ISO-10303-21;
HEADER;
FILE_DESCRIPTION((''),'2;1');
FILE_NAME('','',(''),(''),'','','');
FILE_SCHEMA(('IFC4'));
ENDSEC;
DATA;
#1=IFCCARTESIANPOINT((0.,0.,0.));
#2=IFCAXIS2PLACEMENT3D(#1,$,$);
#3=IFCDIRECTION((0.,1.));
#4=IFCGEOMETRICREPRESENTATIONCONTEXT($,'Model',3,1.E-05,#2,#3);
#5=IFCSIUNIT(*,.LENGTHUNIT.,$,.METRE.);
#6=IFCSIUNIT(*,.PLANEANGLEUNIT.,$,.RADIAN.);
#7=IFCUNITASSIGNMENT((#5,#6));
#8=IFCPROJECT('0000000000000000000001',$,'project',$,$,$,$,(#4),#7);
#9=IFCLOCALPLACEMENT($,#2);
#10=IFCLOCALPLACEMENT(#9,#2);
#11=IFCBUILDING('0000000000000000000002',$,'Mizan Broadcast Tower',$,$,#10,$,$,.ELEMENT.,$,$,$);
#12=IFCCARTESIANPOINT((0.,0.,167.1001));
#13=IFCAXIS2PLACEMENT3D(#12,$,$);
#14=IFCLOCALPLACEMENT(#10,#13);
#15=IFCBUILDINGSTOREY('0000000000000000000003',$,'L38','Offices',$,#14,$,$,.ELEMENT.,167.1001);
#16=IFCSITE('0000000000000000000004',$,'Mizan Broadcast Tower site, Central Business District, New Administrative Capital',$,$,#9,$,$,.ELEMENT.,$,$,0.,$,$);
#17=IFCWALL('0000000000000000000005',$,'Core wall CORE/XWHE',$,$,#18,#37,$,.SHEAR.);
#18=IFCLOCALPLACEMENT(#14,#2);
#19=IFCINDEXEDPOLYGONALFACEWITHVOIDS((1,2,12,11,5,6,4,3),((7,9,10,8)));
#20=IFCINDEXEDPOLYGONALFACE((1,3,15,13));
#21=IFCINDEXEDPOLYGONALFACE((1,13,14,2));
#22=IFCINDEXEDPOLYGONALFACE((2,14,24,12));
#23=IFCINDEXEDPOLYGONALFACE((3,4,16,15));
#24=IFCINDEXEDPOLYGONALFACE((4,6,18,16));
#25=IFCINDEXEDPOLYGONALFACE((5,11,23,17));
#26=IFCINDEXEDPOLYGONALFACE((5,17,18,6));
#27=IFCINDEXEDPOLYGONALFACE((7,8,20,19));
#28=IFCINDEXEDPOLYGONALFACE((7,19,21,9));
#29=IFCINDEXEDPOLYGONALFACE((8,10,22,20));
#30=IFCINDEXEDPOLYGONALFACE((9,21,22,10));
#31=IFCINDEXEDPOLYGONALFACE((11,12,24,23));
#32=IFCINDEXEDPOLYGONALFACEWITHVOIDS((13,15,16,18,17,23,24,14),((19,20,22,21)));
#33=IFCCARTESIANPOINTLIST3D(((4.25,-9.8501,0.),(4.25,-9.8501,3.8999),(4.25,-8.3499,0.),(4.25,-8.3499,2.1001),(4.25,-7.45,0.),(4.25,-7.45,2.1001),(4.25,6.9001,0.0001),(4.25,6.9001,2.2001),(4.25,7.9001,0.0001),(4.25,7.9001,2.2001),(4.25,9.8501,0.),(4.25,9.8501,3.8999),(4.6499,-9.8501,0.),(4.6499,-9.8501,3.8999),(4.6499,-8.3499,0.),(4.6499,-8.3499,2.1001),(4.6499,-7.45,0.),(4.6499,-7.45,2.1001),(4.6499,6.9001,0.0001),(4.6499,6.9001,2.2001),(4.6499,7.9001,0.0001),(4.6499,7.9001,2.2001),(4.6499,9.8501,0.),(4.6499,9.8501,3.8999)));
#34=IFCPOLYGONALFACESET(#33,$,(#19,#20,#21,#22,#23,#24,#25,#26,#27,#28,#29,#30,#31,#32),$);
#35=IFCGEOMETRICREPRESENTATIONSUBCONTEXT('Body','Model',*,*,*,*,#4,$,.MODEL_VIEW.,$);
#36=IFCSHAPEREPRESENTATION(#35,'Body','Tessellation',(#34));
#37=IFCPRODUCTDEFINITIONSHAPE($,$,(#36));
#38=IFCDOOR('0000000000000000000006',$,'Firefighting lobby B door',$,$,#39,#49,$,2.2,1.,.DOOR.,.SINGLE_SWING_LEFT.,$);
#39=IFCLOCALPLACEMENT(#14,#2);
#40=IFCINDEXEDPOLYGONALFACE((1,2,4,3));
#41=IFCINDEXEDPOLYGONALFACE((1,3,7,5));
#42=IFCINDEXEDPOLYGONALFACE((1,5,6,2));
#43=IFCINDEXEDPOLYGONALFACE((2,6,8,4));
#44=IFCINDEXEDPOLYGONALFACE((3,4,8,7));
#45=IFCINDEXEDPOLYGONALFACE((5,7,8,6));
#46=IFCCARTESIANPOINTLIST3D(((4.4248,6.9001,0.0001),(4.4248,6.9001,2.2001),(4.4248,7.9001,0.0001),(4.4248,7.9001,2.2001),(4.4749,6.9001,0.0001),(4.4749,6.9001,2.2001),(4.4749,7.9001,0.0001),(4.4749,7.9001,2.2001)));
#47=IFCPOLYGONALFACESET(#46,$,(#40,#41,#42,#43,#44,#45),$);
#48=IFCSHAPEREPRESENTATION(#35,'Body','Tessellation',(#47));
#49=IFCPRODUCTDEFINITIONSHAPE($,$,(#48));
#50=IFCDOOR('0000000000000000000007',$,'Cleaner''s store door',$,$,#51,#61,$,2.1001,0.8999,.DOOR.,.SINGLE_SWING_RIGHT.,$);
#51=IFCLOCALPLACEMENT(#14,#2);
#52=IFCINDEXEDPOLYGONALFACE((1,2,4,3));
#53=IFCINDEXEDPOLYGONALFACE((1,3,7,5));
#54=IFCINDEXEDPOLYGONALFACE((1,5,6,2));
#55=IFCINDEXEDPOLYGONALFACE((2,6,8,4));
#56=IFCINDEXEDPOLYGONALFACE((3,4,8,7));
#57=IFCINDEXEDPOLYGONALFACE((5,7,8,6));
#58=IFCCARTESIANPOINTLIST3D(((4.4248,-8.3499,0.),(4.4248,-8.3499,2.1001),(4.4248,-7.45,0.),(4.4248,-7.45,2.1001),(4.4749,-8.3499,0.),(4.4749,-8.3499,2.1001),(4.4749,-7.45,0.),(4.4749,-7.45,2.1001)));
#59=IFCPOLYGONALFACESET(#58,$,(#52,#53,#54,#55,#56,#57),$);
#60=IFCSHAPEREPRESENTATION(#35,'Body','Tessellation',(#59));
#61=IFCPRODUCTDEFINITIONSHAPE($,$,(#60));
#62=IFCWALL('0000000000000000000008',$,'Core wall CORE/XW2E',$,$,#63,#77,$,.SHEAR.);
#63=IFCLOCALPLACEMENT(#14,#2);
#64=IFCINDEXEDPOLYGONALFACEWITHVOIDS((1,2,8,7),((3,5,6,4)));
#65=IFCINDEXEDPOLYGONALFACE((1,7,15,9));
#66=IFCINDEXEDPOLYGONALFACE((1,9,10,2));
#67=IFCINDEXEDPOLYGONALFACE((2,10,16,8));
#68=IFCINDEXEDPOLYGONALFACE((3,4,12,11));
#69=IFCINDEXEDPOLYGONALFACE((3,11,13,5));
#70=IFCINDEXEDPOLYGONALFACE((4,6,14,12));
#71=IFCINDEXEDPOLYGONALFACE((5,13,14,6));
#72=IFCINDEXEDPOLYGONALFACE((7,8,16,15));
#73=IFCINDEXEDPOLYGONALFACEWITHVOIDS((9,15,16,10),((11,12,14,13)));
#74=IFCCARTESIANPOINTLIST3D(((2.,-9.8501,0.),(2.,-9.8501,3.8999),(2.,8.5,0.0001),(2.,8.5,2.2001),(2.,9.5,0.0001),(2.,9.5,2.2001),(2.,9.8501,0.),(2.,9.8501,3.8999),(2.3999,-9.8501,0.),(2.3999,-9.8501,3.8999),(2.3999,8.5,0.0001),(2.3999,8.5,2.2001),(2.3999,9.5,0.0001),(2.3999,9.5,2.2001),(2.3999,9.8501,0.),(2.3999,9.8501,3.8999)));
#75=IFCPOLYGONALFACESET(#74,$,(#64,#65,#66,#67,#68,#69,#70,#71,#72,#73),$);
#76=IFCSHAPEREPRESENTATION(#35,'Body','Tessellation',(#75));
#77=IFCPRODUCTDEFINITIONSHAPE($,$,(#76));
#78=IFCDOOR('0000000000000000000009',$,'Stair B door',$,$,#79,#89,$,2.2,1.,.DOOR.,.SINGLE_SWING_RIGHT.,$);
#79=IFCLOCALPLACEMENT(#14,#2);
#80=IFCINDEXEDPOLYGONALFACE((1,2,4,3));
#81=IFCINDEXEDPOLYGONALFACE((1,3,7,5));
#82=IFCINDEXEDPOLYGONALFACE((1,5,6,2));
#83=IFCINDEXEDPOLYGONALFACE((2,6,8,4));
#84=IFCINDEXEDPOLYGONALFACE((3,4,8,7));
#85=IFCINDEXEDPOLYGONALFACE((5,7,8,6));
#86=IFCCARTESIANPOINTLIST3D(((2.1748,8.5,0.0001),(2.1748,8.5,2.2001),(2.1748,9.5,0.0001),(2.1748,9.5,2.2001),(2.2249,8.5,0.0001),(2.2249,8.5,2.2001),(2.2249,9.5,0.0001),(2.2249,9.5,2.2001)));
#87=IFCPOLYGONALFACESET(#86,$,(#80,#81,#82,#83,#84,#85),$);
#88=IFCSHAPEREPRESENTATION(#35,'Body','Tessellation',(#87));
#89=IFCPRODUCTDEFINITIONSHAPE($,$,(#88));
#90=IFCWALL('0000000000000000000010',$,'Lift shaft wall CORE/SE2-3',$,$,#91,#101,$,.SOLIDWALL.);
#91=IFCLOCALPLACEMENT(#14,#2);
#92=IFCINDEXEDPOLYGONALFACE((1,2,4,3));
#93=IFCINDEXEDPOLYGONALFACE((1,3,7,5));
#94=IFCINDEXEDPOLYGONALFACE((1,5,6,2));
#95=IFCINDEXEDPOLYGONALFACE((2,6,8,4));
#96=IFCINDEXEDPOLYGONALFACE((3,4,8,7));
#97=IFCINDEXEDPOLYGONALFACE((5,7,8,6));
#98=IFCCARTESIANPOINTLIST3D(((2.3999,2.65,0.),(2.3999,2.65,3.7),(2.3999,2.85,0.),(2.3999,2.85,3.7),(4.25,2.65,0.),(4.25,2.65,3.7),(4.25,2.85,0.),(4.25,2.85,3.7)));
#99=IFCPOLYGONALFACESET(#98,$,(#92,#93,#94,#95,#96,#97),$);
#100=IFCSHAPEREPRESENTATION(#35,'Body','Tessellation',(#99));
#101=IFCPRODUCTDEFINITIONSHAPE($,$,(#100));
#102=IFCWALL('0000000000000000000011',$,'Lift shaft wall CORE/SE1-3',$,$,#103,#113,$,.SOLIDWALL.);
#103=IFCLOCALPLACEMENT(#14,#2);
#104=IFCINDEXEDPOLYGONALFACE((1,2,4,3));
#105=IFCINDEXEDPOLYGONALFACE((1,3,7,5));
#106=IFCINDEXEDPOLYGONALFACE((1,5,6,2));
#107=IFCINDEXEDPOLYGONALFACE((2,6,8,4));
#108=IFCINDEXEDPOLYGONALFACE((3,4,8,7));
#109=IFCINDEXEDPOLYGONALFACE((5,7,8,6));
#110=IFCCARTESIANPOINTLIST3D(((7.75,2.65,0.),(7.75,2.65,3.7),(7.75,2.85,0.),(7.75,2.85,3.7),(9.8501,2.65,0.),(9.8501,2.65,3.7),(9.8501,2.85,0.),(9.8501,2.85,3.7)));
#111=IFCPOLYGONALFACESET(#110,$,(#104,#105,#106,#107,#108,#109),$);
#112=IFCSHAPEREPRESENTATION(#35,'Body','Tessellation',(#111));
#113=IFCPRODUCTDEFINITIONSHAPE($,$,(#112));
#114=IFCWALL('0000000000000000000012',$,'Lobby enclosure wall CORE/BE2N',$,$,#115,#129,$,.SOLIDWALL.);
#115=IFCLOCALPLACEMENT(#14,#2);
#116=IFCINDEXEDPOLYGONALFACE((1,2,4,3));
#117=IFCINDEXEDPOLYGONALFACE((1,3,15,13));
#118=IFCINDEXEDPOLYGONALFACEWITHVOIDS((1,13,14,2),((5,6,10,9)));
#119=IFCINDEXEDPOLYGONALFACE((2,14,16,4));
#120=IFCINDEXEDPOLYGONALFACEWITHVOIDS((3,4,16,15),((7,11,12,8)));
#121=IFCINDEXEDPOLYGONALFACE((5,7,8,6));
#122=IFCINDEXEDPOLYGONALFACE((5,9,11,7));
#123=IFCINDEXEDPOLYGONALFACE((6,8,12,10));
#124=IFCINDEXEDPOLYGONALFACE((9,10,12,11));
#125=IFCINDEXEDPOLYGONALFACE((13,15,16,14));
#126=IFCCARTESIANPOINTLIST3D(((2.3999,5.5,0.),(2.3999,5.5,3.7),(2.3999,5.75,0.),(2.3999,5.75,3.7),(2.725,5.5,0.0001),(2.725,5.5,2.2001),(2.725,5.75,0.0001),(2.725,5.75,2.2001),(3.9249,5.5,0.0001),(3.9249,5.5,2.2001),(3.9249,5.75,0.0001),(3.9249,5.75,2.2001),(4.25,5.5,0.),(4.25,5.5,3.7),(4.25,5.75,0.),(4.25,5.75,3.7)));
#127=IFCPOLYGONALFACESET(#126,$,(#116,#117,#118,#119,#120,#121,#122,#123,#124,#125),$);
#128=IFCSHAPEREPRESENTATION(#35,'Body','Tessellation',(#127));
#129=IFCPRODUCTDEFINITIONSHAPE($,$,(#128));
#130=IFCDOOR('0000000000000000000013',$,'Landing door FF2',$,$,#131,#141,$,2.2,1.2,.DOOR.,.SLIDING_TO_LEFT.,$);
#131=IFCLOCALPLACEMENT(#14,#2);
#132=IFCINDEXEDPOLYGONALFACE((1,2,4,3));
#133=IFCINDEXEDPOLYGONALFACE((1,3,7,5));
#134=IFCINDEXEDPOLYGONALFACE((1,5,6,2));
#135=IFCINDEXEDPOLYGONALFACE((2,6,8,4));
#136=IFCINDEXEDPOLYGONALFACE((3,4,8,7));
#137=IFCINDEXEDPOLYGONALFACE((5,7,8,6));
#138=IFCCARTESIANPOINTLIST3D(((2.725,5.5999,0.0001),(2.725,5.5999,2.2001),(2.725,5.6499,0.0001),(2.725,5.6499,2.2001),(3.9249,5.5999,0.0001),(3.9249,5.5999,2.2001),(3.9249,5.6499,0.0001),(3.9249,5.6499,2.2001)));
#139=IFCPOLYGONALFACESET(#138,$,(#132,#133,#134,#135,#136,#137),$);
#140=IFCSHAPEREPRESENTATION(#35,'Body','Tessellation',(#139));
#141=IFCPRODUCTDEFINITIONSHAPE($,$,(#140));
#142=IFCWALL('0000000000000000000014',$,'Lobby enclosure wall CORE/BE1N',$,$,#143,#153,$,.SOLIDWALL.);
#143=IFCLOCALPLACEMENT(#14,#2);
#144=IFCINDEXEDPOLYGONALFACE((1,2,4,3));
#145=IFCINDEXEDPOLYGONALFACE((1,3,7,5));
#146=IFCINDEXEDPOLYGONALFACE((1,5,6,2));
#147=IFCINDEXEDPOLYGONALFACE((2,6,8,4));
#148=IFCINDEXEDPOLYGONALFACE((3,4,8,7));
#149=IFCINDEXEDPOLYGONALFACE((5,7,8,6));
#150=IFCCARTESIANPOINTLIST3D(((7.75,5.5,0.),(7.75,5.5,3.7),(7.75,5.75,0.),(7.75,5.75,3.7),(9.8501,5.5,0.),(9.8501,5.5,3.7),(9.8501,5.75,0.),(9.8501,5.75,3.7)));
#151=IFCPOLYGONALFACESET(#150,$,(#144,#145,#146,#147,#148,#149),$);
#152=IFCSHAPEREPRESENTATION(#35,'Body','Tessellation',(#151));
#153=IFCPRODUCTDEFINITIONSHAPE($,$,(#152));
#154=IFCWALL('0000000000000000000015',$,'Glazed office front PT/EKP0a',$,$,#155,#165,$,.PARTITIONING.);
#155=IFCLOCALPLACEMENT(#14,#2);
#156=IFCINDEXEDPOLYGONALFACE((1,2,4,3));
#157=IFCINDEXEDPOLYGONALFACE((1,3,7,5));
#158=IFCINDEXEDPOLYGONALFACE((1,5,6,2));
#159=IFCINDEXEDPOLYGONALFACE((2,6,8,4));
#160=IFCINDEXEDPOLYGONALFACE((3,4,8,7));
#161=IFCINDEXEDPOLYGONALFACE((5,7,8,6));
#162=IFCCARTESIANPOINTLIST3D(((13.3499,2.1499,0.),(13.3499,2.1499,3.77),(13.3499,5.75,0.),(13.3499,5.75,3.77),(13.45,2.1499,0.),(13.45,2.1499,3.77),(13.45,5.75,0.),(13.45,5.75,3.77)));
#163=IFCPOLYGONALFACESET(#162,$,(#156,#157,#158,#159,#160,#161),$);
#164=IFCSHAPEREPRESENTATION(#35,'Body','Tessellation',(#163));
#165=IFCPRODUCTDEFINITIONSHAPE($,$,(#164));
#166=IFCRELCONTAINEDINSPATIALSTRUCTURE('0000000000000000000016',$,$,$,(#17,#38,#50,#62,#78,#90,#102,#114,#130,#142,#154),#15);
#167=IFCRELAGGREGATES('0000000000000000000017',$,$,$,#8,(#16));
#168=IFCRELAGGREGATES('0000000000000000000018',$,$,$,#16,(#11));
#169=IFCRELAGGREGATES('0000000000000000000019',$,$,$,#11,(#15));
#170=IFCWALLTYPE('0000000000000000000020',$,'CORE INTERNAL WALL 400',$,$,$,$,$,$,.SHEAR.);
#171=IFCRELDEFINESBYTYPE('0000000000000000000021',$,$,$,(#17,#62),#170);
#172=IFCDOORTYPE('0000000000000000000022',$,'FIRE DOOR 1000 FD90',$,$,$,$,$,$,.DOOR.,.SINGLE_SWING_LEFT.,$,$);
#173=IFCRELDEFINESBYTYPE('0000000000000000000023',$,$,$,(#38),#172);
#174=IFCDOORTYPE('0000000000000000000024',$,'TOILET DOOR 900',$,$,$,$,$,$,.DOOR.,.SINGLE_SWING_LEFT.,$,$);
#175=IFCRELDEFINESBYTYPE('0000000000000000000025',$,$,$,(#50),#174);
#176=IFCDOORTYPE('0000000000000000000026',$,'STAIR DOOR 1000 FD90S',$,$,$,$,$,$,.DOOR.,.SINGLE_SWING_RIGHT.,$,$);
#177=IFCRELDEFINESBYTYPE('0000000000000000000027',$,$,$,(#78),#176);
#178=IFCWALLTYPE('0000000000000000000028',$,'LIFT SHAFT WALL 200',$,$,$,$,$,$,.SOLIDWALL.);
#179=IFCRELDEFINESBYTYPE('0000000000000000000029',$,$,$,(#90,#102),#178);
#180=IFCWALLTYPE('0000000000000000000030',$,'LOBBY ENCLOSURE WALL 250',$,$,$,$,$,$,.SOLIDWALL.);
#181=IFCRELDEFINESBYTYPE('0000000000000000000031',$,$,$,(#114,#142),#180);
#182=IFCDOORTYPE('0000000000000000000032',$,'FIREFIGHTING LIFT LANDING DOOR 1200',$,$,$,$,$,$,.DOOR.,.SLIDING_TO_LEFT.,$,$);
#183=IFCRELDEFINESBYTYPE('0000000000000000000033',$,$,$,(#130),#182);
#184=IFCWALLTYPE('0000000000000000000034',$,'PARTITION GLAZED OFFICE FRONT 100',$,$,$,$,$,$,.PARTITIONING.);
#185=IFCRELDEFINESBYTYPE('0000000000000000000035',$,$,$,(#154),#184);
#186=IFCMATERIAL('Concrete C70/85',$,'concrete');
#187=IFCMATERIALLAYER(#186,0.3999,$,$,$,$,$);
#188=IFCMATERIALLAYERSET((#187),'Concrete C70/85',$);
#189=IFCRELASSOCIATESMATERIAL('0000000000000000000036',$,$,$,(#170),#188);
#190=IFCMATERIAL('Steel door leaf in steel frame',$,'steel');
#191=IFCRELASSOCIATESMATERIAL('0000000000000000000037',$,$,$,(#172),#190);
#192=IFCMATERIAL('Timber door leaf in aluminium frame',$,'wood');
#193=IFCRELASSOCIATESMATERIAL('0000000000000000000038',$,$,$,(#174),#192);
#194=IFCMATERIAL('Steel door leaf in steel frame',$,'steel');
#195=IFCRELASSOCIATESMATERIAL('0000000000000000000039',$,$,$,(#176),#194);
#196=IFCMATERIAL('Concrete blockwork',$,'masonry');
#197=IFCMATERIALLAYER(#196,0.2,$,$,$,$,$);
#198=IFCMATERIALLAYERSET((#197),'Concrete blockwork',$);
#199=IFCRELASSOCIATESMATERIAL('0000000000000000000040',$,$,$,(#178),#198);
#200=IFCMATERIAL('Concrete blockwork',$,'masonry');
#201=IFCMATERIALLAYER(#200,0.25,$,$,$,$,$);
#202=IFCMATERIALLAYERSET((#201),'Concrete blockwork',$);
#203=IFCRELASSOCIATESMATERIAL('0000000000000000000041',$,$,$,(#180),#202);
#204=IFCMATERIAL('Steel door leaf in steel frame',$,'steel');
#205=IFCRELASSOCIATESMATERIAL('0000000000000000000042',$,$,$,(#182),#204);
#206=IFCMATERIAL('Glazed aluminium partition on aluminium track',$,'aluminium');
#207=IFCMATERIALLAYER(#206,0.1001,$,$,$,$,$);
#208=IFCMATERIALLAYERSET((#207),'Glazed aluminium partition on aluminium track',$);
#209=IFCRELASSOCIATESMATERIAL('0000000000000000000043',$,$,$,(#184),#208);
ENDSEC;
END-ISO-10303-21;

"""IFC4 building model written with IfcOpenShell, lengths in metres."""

from ifc_helpers import new_model, si_unit, direction, frame, frame_2d, origin, place, context, subcontext, project, spatial, rectangle, extrude, material, layer, layer_set, type_object, element, fill, save


model = new_model("IFC4")

# Units and contexts
model_context = context("Model", 3, precision=1e-05, world=origin(), true_north=direction((0.0, 1.0)))
body_context = subcontext(model_context, "Body", "Model", "MODEL_VIEW")
ifc_project = project(units=[si_unit("LENGTHUNIT", "METRE"), si_unit("PLANEANGLEUNIT", "RADIAN")], contexts=[model_context])

# Site, building, storey
site_placement = place(None, origin())
site = spatial("IfcSite", under=ifc_project, at=site_placement, Name="Mizan Broadcast Tower site, Central Business District, New Administrative Capital", CompositionType="ELEMENT", RefElevation=0.0)
building_placement = place(site_placement, origin())
building = spatial("IfcBuilding", under=site, at=building_placement, Name="Mizan Broadcast Tower", CompositionType="ELEMENT")
storey_placement = place(building_placement, frame((0.0, 0.0, 167.1001)))
storey = spatial("IfcBuildingStorey", under=building, at=storey_placement, Name="L38", Description="Offices", CompositionType="ELEMENT", Elevation=167.1001)

# Wall, openings, doors
ifc_material_1 = material(Name="Concrete C70/85", Category="concrete")
ifc_layer_1 = layer(ifc_material_1, 0.3999)
ifc_layer_set_1 = layer_set([ifc_layer_1], Name="Concrete C70/85")
wall_type_1 = type_object("IfcWallType", Name="CORE INTERNAL WALL 400", PredefinedType="SHEAR", material=ifc_layer_set_1)
wall_1_placement = place(storey_placement, frame((4.45, 9.8501, 0.0), z_axis=(0.0, 0.0, 1.0), x_axis=(0.0, -1.0, 0.0)))
wall_1 = element("IfcWall", 1, at=wall_1_placement, inside=storey, type_object=wall_type_1, Name="Core wall CORE/XWHE", PredefinedType="SHEAR", context=body_context, shape_type="SweptSolid", body=[
    extrude(rectangle(XDim=19.7002, YDim=0.3999, at=frame_2d((9.8501, 0.0))), origin(), (0.0, 0.0, 1.0), 3.8999),
])
opening_1_placement = place(wall_1_placement, frame((1.95, 0.0, 0.0)))
opening_1 = element("IfcOpeningElement", 2, at=opening_1_placement, cuts=wall_1, PredefinedType="OPENING", context=body_context, shape_type="SweptSolid", body=[
    extrude(rectangle(XDim=1.0, YDim=2.2, at=frame_2d((0.5, 1.1001))), frame((0.0, 0.21, 0.0), z_axis=(0.0, -1.0, 0.0), x_axis=(1.0, 0.0, 0.0)), (0.0, 0.0, 1.0), 0.4199),
])
opening_2_placement = place(wall_1_placement, frame((17.3, 0.0, 0.0)))
opening_2 = element("IfcOpeningElement", 3, at=opening_2_placement, cuts=wall_1, PredefinedType="OPENING", context=body_context, shape_type="SweptSolid", body=[
    extrude(rectangle(XDim=0.8999, YDim=2.1001, at=frame_2d((0.45, 1.05))), frame((0.0, 0.21, 0.0), z_axis=(0.0, -1.0, 0.0), x_axis=(1.0, 0.0, 0.0)), (0.0, 0.0, 1.0), 0.4199),
])
ifc_material_2 = material(Name="Steel door leaf in steel frame", Category="steel")
door_type_1 = type_object("IfcDoorType", Name="FIRE DOOR 1000 FD90", OperationType="SINGLE_SWING_LEFT", PredefinedType="DOOR", material=ifc_material_2)
door_1_placement = place(opening_1_placement, origin())
door_1 = element("IfcDoor", 4, at=door_1_placement, inside=storey, type_object=door_type_1, Name="Firefighting lobby B door", OperationType="SINGLE_SWING_LEFT", OverallHeight=2.2, OverallWidth=1.0, PredefinedType="DOOR", context=body_context, shape_type="SweptSolid", body=[
    extrude(rectangle(XDim=1.0, YDim=2.2, at=frame_2d((0.5, 1.1001))), frame((0.0, 0.0249, 0.0), z_axis=(0.0, -1.0, 0.0), x_axis=(1.0, 0.0, 0.0)), (0.0, 0.0, 1.0), 0.05),
])
fill(opening_1, door_1)
ifc_material_3 = material(Name="Timber door leaf in aluminium frame", Category="wood")
door_type_2 = type_object("IfcDoorType", Name="TOILET DOOR 900", OperationType="SINGLE_SWING_LEFT", PredefinedType="DOOR", material=ifc_material_3)
door_2_placement = place(opening_2_placement, origin())
door_2 = element("IfcDoor", 5, at=door_2_placement, inside=storey, type_object=door_type_2, Name="Cleaner's store door", OperationType="SINGLE_SWING_RIGHT", OverallHeight=2.1001, OverallWidth=0.8999, PredefinedType="DOOR", context=body_context, shape_type="SweptSolid", body=[
    extrude(rectangle(XDim=0.8999, YDim=2.1001, at=frame_2d((0.45, 1.05))), frame((0.0, 0.0249, 0.0), z_axis=(0.0, -1.0, 0.0), x_axis=(1.0, 0.0, 0.0)), (0.0, 0.0, 1.0), 0.05),
])
fill(opening_2, door_2)

# Wall, opening, door
wall_2_placement = place(storey_placement, frame((2.2, 9.8501, 0.0), z_axis=(0.0, 0.0, 1.0), x_axis=(0.0, -1.0, 0.0)))
wall_2 = element("IfcWall", 6, at=wall_2_placement, inside=storey, type_object=wall_type_1, Name="Core wall CORE/XW2E", PredefinedType="SHEAR", context=body_context, shape_type="SweptSolid", body=[
    extrude(rectangle(XDim=19.7002, YDim=0.3999, at=frame_2d((9.8501, 0.0))), origin(), (0.0, 0.0, 1.0), 3.8999),
])
opening_3_placement = place(wall_2_placement, frame((0.3501, 0.0, 0.0)))
opening_3 = element("IfcOpeningElement", 7, at=opening_3_placement, cuts=wall_2, PredefinedType="OPENING", context=body_context, shape_type="SweptSolid", body=[
    extrude(rectangle(XDim=1.0, YDim=2.2, at=frame_2d((0.5, 1.1001))), frame((0.0, 0.21, 0.0), z_axis=(0.0, -1.0, 0.0), x_axis=(1.0, 0.0, 0.0)), (0.0, 0.0, 1.0), 0.4199),
])
ifc_material_4 = material(Name="Steel door leaf in steel frame", Category="steel")
door_type_3 = type_object("IfcDoorType", Name="STAIR DOOR 1000 FD90S", OperationType="SINGLE_SWING_RIGHT", PredefinedType="DOOR", material=ifc_material_4)
door_3_placement = place(opening_3_placement, origin())
door_3 = element("IfcDoor", 8, at=door_3_placement, inside=storey, type_object=door_type_3, Name="Stair B door", OperationType="SINGLE_SWING_RIGHT", OverallHeight=2.2, OverallWidth=1.0, PredefinedType="DOOR", context=body_context, shape_type="SweptSolid", body=[
    extrude(rectangle(XDim=1.0, YDim=2.2, at=frame_2d((0.5, 1.1001))), frame((0.0, 0.0249, 0.0), z_axis=(0.0, -1.0, 0.0), x_axis=(1.0, 0.0, 0.0)), (0.0, 0.0, 1.0), 0.05),
])
fill(opening_3, door_3)

# Walls
ifc_material_5 = material(Name="Concrete blockwork", Category="masonry")
ifc_layer_2 = layer(ifc_material_5, 0.2)
ifc_layer_set_2 = layer_set([ifc_layer_2], Name="Concrete blockwork")
wall_type_2 = type_object("IfcWallType", Name="LIFT SHAFT WALL 200", PredefinedType="SOLIDWALL", material=ifc_layer_set_2)
wall_3_placement = place(storey_placement, frame((2.3999, 2.75, 0.0), z_axis=(0.0, 0.0, 1.0), x_axis=(1.0, 0.0, 0.0)))
element("IfcWall", 9, at=wall_3_placement, inside=storey, type_object=wall_type_2, Name="Lift shaft wall CORE/SE2-3", PredefinedType="SOLIDWALL", context=body_context, shape_type="SweptSolid", body=[
    extrude(rectangle(XDim=1.8501, YDim=0.2, at=frame_2d((0.925, 0.0))), origin(), (0.0, 0.0, 1.0), 3.7),
])
wall_4_placement = place(storey_placement, frame((7.75, 2.75, 0.0), z_axis=(0.0, 0.0, 1.0), x_axis=(1.0, 0.0, 0.0)))
element("IfcWall", 10, at=wall_4_placement, inside=storey, type_object=wall_type_2, Name="Lift shaft wall CORE/SE1-3", PredefinedType="SOLIDWALL", context=body_context, shape_type="SweptSolid", body=[
    extrude(rectangle(XDim=2.1001, YDim=0.2, at=frame_2d((1.05, 0.0))), origin(), (0.0, 0.0, 1.0), 3.7),
])

# Wall, opening, door
ifc_material_6 = material(Name="Concrete blockwork", Category="masonry")
ifc_layer_3 = layer(ifc_material_6, 0.25)
ifc_layer_set_3 = layer_set([ifc_layer_3], Name="Concrete blockwork")
wall_type_3 = type_object("IfcWallType", Name="LOBBY ENCLOSURE WALL 250", PredefinedType="SOLIDWALL", material=ifc_layer_set_3)
wall_5_placement = place(storey_placement, frame((2.3999, 5.625, 0.0), z_axis=(0.0, 0.0, 1.0), x_axis=(1.0, 0.0, 0.0)))
wall_5 = element("IfcWall", 11, at=wall_5_placement, inside=storey, type_object=wall_type_3, Name="Lobby enclosure wall CORE/BE2N", PredefinedType="SOLIDWALL", context=body_context, shape_type="SweptSolid", body=[
    extrude(rectangle(XDim=1.8501, YDim=0.25, at=frame_2d((0.925, 0.0))), origin(), (0.0, 0.0, 1.0), 3.7),
])
opening_4_placement = place(wall_5_placement, frame((0.325, 0.0, 0.0)))
opening_4 = element("IfcOpeningElement", 12, at=opening_4_placement, cuts=wall_5, PredefinedType="OPENING", context=body_context, shape_type="SweptSolid", body=[
    extrude(rectangle(XDim=1.2, YDim=2.2, at=frame_2d((0.6001, 1.1001))), frame((0.0, 0.135, 0.0), z_axis=(0.0, -1.0, 0.0), x_axis=(1.0, 0.0, 0.0)), (0.0, 0.0, 1.0), 0.27),
])
ifc_material_7 = material(Name="Steel door leaf in steel frame", Category="steel")
door_type_4 = type_object("IfcDoorType", Name="FIREFIGHTING LIFT LANDING DOOR 1200", OperationType="SLIDING_TO_LEFT", PredefinedType="DOOR", material=ifc_material_7)
door_4_placement = place(opening_4_placement, origin())
door_4 = element("IfcDoor", 13, at=door_4_placement, inside=storey, type_object=door_type_4, Name="Landing door FF2", OperationType="SLIDING_TO_LEFT", OverallHeight=2.2, OverallWidth=1.2, PredefinedType="DOOR", context=body_context, shape_type="SweptSolid", body=[
    extrude(rectangle(XDim=1.2, YDim=2.2, at=frame_2d((0.6001, 1.1001))), frame((0.0, 0.0249, 0.0), z_axis=(0.0, -1.0, 0.0), x_axis=(1.0, 0.0, 0.0)), (0.0, 0.0, 1.0), 0.05),
])
fill(opening_4, door_4)

# Walls
wall_6_placement = place(storey_placement, frame((7.75, 5.625, 0.0), z_axis=(0.0, 0.0, 1.0), x_axis=(1.0, 0.0, 0.0)))
element("IfcWall", 14, at=wall_6_placement, inside=storey, type_object=wall_type_3, Name="Lobby enclosure wall CORE/BE1N", PredefinedType="SOLIDWALL", context=body_context, shape_type="SweptSolid", body=[
    extrude(rectangle(XDim=2.1001, YDim=0.25, at=frame_2d((1.05, 0.0))), origin(), (0.0, 0.0, 1.0), 3.7),
])
ifc_material_8 = material(Name="Glazed aluminium partition on aluminium track", Category="aluminium")
ifc_layer_4 = layer(ifc_material_8, 0.1001)
ifc_layer_set_4 = layer_set([ifc_layer_4], Name="Glazed aluminium partition on aluminium track")
wall_type_4 = type_object("IfcWallType", Name="PARTITION GLAZED OFFICE FRONT 100", PredefinedType="PARTITIONING", material=ifc_layer_set_4)
wall_7_placement = place(storey_placement, frame((13.3999, 2.1499, 0.0), z_axis=(0.0, 0.0, 1.0), x_axis=(0.0, 1.0, 0.0)))
element("IfcWall", 15, at=wall_7_placement, inside=storey, type_object=wall_type_4, Name="Glazed office front PT/EKP0a", PredefinedType="PARTITIONING", context=body_context, shape_type="SweptSolid", body=[
    extrude(rectangle(XDim=3.6001, YDim=0.1001, at=frame_2d((1.8, 0.0))), origin(), (0.0, 0.0, 1.0), 3.77),
])

save(model, "model.ifc")
